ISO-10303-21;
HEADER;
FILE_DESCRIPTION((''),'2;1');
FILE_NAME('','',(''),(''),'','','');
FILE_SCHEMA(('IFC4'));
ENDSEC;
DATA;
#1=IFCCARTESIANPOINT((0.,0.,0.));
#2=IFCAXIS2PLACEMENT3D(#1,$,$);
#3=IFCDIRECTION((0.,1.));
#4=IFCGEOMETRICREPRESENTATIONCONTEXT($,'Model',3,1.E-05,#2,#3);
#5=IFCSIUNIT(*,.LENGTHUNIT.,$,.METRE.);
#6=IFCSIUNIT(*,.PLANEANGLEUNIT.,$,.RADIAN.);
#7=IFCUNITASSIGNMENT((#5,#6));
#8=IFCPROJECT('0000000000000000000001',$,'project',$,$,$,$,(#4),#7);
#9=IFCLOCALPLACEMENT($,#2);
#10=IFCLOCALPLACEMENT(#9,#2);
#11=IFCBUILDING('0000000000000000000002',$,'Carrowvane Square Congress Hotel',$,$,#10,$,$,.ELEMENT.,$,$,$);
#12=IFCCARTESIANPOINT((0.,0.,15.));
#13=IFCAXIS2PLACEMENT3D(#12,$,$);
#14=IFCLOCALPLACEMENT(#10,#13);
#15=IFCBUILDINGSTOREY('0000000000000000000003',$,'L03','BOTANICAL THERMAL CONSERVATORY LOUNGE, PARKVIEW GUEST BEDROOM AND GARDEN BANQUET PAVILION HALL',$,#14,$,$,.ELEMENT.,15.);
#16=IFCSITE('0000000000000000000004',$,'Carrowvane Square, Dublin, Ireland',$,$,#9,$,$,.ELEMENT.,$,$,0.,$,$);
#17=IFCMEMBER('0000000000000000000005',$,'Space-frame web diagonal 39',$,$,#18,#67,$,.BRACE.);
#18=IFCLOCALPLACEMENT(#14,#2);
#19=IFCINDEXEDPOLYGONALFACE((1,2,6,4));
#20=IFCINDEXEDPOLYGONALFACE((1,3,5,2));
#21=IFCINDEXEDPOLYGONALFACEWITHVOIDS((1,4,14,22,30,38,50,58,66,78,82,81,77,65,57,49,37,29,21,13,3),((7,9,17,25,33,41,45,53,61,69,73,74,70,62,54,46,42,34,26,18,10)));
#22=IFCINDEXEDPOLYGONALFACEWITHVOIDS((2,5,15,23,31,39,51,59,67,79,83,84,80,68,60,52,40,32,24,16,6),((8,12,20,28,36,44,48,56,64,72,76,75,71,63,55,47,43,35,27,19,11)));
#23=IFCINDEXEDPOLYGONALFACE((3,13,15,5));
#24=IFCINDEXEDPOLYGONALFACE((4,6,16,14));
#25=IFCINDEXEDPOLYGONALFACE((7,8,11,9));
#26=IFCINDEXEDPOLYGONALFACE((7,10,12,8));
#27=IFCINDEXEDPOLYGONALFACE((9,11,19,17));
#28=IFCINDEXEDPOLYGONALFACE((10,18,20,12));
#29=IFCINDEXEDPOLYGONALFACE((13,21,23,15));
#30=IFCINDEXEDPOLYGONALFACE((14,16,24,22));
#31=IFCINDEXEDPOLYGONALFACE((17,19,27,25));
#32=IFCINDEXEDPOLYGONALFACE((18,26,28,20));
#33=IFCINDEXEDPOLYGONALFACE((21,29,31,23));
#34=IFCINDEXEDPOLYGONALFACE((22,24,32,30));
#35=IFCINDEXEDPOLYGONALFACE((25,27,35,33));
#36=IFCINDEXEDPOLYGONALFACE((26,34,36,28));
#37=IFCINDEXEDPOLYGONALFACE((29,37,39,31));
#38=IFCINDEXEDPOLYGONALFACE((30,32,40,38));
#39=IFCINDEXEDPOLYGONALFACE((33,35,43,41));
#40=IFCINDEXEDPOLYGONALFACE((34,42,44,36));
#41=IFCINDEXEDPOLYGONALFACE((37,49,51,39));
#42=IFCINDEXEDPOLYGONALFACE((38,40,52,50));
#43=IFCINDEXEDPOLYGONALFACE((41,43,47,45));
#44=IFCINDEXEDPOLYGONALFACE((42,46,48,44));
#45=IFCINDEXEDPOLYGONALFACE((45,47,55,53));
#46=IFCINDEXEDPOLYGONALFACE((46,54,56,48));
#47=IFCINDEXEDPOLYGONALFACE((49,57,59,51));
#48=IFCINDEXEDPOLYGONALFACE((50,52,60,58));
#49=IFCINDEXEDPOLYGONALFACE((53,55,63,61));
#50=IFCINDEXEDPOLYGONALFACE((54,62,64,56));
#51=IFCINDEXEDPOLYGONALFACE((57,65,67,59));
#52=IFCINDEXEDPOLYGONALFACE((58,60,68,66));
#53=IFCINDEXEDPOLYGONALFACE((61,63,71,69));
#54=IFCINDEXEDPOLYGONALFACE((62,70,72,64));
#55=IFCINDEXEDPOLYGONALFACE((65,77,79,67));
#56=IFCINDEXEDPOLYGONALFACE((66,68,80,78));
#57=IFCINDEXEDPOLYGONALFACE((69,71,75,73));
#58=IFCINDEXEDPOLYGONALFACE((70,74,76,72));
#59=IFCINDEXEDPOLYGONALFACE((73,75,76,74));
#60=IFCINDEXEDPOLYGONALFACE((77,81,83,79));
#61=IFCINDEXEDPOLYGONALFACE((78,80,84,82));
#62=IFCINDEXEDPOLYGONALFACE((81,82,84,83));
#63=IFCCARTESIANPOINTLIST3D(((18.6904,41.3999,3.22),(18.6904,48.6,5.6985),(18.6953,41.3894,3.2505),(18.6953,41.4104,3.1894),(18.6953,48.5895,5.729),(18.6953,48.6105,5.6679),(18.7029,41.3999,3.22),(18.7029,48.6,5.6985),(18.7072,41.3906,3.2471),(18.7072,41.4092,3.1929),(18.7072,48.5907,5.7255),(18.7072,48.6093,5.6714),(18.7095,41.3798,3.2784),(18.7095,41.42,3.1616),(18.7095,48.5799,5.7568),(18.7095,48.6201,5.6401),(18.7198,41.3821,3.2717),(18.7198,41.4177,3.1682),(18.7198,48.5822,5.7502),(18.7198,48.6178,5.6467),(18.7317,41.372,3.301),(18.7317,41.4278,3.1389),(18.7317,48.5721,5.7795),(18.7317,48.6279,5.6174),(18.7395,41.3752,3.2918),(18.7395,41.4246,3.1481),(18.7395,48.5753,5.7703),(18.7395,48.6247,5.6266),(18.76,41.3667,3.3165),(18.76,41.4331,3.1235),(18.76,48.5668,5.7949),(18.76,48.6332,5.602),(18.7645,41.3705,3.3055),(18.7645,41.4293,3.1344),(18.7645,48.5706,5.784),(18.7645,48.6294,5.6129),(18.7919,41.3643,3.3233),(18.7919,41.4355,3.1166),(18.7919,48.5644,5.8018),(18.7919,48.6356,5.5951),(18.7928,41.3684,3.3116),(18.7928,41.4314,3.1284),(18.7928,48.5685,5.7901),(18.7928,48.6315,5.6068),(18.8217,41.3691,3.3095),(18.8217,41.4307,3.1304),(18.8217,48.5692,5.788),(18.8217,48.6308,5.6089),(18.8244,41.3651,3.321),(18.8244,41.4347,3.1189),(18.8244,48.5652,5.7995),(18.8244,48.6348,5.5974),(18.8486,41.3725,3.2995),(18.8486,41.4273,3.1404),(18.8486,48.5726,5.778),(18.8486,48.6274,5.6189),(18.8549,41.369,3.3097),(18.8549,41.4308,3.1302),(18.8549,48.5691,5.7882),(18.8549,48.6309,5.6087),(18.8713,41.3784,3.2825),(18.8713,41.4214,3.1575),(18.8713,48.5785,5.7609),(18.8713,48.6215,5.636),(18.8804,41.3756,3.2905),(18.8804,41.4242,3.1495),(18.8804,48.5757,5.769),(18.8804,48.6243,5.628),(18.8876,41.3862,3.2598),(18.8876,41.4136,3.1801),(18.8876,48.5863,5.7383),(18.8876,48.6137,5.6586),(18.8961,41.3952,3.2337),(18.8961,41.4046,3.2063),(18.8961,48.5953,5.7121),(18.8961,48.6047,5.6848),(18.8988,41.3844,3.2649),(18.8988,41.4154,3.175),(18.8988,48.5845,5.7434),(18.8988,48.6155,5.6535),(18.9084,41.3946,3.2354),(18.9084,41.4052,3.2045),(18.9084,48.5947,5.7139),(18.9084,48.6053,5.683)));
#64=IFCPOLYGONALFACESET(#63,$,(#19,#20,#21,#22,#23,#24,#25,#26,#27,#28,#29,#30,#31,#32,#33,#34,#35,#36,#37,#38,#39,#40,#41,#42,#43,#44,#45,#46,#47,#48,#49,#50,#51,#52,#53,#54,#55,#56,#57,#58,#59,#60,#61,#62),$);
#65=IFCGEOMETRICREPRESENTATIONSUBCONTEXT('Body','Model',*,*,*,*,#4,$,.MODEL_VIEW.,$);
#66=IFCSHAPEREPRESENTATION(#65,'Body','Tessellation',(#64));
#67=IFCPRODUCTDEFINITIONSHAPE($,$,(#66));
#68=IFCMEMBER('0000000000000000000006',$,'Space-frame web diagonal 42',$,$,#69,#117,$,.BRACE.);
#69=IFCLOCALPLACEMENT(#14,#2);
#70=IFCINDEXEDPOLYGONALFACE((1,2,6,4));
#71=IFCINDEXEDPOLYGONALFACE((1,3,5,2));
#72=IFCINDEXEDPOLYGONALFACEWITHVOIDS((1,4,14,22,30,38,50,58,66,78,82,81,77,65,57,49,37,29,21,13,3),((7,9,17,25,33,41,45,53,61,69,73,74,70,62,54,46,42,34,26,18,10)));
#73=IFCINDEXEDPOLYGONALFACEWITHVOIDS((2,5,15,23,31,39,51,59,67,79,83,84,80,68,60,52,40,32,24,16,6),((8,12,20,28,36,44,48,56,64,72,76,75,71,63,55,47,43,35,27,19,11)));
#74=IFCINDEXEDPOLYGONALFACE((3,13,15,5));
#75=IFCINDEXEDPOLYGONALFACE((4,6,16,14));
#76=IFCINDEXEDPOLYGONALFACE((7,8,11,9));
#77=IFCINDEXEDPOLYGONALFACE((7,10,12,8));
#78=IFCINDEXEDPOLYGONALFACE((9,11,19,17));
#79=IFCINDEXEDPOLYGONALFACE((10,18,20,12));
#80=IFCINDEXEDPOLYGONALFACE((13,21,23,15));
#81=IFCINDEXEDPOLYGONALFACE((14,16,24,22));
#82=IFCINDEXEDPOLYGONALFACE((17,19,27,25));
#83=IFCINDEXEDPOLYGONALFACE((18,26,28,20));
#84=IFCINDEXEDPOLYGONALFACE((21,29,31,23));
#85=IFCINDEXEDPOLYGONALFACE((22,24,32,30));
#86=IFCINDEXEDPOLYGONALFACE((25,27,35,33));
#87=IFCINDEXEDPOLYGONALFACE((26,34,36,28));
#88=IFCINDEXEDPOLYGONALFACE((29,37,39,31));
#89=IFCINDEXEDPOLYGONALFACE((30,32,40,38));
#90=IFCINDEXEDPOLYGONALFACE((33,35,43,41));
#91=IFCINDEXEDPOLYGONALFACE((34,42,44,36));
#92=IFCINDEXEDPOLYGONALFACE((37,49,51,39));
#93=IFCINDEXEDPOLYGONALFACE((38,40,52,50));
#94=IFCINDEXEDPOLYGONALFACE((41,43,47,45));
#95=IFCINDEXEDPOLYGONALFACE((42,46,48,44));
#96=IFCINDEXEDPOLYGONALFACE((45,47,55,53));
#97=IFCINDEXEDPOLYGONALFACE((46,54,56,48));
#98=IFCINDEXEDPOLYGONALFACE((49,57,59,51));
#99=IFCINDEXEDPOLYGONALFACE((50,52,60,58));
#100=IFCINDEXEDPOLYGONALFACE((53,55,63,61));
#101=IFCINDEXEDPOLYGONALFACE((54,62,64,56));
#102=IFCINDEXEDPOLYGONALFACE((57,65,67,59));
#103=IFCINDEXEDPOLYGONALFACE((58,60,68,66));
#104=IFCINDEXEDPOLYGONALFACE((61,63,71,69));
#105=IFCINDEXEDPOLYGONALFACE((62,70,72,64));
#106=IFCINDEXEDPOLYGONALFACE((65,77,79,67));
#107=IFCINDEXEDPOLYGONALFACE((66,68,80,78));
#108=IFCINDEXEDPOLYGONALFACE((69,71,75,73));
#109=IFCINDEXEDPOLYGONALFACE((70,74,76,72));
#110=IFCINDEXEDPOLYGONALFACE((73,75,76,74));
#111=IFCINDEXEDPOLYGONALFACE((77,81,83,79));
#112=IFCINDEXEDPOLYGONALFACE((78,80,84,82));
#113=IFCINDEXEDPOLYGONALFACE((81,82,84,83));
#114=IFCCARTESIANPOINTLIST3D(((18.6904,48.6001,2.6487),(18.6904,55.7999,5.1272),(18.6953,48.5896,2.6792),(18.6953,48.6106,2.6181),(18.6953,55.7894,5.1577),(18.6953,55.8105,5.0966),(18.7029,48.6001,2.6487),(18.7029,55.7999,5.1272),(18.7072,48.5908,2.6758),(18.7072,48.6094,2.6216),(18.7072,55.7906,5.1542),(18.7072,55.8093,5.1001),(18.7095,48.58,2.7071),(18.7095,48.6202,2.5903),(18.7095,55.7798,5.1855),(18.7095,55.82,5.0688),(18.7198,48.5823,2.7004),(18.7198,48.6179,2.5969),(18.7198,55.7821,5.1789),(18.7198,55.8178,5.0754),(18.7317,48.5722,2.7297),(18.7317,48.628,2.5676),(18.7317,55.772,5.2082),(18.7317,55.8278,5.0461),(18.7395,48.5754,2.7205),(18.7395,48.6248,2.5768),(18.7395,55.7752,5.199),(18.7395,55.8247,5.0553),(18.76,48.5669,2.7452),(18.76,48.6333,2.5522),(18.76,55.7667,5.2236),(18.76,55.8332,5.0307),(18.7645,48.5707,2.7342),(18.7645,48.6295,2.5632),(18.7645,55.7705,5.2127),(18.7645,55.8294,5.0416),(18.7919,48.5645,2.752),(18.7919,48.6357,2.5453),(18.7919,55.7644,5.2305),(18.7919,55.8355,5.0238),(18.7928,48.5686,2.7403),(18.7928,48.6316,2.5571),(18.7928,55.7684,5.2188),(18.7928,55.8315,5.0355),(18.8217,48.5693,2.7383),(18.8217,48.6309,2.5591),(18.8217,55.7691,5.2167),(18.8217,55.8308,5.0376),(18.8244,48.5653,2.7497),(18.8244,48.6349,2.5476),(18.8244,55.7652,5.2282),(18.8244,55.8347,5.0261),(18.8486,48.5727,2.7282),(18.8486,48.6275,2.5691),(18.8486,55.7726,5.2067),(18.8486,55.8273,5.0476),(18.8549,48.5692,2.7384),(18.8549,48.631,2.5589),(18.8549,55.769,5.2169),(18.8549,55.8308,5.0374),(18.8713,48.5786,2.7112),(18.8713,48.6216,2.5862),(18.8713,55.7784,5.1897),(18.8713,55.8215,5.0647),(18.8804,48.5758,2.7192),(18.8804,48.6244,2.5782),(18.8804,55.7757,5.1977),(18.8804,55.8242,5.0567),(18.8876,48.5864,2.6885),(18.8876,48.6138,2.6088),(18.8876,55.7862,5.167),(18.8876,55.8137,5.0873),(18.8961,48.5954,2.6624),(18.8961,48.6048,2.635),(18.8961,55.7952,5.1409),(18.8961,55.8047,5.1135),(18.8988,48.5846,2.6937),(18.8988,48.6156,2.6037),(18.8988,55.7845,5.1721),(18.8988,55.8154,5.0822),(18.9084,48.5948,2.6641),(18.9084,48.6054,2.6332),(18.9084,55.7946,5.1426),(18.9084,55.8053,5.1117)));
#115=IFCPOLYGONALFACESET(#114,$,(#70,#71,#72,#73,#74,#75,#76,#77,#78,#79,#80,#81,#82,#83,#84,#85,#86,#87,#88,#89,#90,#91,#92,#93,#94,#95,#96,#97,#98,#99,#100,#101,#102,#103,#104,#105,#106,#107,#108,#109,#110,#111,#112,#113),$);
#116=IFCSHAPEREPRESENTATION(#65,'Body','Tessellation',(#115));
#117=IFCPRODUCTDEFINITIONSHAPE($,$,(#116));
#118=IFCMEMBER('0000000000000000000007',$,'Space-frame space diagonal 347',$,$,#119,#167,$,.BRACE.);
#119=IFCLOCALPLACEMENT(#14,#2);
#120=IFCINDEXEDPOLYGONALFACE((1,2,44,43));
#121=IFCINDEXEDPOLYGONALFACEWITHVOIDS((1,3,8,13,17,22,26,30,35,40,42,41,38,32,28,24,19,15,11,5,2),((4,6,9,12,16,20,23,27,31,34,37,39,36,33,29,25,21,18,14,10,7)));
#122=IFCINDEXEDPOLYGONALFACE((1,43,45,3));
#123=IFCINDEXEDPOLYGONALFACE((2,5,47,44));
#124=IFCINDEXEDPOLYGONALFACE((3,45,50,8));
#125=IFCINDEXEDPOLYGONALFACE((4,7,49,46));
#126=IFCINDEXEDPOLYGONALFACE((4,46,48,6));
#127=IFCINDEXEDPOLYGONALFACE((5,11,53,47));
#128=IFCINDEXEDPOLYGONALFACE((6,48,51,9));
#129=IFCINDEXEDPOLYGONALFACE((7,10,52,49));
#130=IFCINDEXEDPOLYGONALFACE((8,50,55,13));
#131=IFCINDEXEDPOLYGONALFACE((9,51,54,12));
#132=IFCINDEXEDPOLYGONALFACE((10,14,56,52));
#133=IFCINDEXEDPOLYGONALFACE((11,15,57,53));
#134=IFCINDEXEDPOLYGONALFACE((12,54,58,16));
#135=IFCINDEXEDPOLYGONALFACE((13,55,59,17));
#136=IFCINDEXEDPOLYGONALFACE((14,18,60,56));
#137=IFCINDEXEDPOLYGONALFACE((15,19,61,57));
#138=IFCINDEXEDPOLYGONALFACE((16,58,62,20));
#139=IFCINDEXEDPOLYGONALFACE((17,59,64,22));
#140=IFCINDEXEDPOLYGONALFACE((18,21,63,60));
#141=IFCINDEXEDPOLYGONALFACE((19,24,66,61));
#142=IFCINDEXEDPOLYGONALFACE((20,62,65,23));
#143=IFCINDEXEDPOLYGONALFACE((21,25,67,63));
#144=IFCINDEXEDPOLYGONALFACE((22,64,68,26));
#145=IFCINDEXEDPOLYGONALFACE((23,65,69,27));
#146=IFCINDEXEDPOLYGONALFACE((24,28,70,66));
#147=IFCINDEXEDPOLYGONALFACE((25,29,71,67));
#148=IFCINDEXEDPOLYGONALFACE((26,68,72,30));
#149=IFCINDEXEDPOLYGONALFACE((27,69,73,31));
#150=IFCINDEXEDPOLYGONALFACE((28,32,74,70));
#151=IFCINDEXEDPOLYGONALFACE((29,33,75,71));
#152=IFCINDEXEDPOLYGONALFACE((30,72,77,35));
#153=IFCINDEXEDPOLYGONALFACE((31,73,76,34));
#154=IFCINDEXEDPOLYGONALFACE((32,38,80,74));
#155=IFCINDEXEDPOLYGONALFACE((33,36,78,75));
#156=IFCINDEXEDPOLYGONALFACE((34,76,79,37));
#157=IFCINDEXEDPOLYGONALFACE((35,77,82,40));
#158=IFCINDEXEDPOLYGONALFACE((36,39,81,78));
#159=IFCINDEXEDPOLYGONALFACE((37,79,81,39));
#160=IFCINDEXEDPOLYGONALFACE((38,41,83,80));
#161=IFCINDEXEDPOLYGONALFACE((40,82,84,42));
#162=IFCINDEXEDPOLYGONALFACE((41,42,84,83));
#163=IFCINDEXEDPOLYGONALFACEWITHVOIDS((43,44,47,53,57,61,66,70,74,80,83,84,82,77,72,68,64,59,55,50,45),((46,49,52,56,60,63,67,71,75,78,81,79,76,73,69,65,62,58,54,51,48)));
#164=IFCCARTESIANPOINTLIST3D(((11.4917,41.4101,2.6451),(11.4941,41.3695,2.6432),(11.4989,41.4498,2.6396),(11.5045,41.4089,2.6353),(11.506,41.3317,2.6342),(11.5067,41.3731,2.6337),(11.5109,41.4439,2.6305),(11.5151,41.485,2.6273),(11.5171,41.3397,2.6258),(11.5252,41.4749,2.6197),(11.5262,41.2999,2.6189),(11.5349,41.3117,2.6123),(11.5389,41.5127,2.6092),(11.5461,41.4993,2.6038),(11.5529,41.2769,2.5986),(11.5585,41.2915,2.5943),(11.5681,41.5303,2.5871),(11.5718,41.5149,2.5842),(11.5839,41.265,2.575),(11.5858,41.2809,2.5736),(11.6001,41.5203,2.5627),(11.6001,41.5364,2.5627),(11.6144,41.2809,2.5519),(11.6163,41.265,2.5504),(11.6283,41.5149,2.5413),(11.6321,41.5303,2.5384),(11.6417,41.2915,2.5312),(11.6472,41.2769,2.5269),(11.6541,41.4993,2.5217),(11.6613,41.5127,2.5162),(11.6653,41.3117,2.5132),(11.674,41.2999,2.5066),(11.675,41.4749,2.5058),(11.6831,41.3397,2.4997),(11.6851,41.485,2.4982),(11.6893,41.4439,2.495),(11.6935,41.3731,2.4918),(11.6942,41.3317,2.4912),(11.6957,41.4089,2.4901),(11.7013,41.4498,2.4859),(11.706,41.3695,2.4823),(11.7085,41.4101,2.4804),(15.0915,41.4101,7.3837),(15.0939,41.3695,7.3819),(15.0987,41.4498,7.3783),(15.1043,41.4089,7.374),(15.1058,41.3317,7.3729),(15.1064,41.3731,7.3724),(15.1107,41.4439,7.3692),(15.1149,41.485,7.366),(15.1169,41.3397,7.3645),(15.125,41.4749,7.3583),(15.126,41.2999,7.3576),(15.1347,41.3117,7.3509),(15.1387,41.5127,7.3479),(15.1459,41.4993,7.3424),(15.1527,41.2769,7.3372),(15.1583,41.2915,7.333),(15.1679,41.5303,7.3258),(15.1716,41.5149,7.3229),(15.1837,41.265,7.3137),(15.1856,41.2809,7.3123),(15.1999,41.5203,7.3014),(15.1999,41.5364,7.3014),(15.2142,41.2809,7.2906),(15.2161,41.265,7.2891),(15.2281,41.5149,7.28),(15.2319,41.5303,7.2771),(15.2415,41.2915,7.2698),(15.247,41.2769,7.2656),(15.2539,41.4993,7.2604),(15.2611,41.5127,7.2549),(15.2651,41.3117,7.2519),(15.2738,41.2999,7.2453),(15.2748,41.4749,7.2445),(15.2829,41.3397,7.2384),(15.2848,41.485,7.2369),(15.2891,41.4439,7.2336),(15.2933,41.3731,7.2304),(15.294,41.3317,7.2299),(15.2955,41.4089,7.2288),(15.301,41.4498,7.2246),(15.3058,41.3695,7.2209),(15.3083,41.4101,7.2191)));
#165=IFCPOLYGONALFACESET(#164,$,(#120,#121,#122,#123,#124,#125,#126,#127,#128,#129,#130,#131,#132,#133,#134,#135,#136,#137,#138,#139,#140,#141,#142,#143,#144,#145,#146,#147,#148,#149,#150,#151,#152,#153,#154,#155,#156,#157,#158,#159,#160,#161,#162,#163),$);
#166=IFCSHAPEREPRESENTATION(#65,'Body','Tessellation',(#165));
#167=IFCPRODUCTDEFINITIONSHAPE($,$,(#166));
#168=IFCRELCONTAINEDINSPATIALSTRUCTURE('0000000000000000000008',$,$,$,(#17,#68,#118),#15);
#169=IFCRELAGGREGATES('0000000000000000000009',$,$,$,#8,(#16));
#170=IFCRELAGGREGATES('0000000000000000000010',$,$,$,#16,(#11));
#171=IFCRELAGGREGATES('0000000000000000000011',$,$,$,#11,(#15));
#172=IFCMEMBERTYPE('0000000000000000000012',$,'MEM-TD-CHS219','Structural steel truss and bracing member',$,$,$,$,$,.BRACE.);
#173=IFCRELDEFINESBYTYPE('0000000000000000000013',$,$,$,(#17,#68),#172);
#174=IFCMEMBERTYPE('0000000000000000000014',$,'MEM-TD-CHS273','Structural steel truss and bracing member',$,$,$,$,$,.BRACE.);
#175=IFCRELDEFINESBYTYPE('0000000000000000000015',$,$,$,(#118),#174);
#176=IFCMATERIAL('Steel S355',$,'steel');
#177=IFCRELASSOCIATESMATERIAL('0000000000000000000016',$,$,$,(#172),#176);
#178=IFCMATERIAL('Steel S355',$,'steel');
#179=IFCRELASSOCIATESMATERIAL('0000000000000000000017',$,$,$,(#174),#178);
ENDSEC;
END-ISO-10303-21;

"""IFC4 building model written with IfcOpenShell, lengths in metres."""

from ifc_helpers import new_model, si_unit, direction, frame, origin, origin_2d, place, context, subcontext, project, spatial, hollow_circle, extrude, material, material_profile, profile_set, type_object, element, save


model = new_model("IFC4")

# Units and contexts
model_context = context("Model", 3, precision=1e-05, world=origin(), true_north=direction((0.0, 1.0)))
body_context = subcontext(model_context, "Body", "Model", "MODEL_VIEW")
ifc_project = project(units=[si_unit("LENGTHUNIT", "METRE"), si_unit("PLANEANGLEUNIT", "RADIAN")], contexts=[model_context])

# Site, building, storey
site_placement = place(None, origin())
site = spatial("IfcSite", under=ifc_project, at=site_placement, Name="Carrowvane Square, Dublin, Ireland", CompositionType="ELEMENT", RefElevation=0.0)
building_placement = place(site_placement, origin())
building = spatial("IfcBuilding", under=site, at=building_placement, Name="Carrowvane Square Congress Hotel", CompositionType="ELEMENT")
storey_placement = place(building_placement, frame((0.0, 0.0, 15.0)))
storey = spatial("IfcBuildingStorey", under=building, at=storey_placement, Name="L03", Description="BOTANICAL THERMAL CONSERVATORY LOUNGE, PARKVIEW GUEST BEDROOM AND GARDEN BANQUET PAVILION HALL", CompositionType="ELEMENT", Elevation=15.0)

# Members
ifc_material_1 = material(Name="Steel S355", Category="steel")
ifc_material_profile_1 = material_profile(ifc_material_1, hollow_circle(Radius=0.1096, WallThickness=0.0125, at=origin_2d()), Name="CHS 219.1x12.5")
ifc_profile_set_1 = profile_set([ifc_material_profile_1], Name="Steel S355")
member_type_1 = type_object("IfcMemberType", Name="MEM-TD-CHS219", Description="Structural steel truss and bracing member", PredefinedType="BRACE", material=ifc_profile_set_1)
member_1_placement = place(storey_placement, frame((18.8, 41.3999, 3.22), z_axis=(0.0, 0.945547, 0.325485), x_axis=(-1.0, 0.0, 0.0)))
element("IfcMember", 1, at=member_1_placement, inside=storey, type_object=member_type_1, Name="Space-frame web diagonal 39", PredefinedType="BRACE", context=body_context, shape_type="SweptSolid", body=[
    extrude(hollow_circle(Radius=0.1096, WallThickness=0.0125, at=origin_2d()), origin(), (0.0, 0.0, 1.0), 7.6147),
])
member_2_placement = place(storey_placement, frame((18.8, 48.6001, 2.6487), z_axis=(0.0, 0.945544, 0.325495), x_axis=(-1.0, 0.0, 0.0)))
element("IfcMember", 2, at=member_2_placement, inside=storey, type_object=member_type_1, Name="Space-frame web diagonal 42", PredefinedType="BRACE", context=body_context, shape_type="SweptSolid", body=[
    extrude(hollow_circle(Radius=0.1096, WallThickness=0.0125, at=origin_2d()), origin(), (0.0, 0.0, 1.0), 7.6145),
])
ifc_material_2 = material(Name="Steel S355", Category="steel")
ifc_material_profile_2 = material_profile(ifc_material_2, hollow_circle(Radius=0.1365, WallThickness=0.0161, at=origin_2d()), Name="CHS 273.0x16")
ifc_profile_set_2 = profile_set([ifc_material_profile_2], Name="Steel S355")
member_type_2 = type_object("IfcMemberType", Name="MEM-TD-CHS273", Description="Structural steel truss and bracing member", PredefinedType="BRACE", material=ifc_profile_set_2)
for number, where, z_axis, x_axis, name in (
    (3, (11.6001, 41.3999, 2.5627), (0.604912, 0.0, 0.796293), (0.0, 1.0, 0.0), "Space-frame space diagonal 347"),
):
    element("IfcMember", number, at=place(storey_placement, frame(where, z_axis=z_axis, x_axis=x_axis)), inside=storey, type_object=member_type_2, Name=name, PredefinedType="BRACE", context=body_context, shape_type="SweptSolid", body=[
        extrude(hollow_circle(Radius=0.1365, WallThickness=0.0161, at=origin_2d()), origin(), (0.0, 0.0, 1.0), 5.9509),
    ])

save(model, "model.ifc")
